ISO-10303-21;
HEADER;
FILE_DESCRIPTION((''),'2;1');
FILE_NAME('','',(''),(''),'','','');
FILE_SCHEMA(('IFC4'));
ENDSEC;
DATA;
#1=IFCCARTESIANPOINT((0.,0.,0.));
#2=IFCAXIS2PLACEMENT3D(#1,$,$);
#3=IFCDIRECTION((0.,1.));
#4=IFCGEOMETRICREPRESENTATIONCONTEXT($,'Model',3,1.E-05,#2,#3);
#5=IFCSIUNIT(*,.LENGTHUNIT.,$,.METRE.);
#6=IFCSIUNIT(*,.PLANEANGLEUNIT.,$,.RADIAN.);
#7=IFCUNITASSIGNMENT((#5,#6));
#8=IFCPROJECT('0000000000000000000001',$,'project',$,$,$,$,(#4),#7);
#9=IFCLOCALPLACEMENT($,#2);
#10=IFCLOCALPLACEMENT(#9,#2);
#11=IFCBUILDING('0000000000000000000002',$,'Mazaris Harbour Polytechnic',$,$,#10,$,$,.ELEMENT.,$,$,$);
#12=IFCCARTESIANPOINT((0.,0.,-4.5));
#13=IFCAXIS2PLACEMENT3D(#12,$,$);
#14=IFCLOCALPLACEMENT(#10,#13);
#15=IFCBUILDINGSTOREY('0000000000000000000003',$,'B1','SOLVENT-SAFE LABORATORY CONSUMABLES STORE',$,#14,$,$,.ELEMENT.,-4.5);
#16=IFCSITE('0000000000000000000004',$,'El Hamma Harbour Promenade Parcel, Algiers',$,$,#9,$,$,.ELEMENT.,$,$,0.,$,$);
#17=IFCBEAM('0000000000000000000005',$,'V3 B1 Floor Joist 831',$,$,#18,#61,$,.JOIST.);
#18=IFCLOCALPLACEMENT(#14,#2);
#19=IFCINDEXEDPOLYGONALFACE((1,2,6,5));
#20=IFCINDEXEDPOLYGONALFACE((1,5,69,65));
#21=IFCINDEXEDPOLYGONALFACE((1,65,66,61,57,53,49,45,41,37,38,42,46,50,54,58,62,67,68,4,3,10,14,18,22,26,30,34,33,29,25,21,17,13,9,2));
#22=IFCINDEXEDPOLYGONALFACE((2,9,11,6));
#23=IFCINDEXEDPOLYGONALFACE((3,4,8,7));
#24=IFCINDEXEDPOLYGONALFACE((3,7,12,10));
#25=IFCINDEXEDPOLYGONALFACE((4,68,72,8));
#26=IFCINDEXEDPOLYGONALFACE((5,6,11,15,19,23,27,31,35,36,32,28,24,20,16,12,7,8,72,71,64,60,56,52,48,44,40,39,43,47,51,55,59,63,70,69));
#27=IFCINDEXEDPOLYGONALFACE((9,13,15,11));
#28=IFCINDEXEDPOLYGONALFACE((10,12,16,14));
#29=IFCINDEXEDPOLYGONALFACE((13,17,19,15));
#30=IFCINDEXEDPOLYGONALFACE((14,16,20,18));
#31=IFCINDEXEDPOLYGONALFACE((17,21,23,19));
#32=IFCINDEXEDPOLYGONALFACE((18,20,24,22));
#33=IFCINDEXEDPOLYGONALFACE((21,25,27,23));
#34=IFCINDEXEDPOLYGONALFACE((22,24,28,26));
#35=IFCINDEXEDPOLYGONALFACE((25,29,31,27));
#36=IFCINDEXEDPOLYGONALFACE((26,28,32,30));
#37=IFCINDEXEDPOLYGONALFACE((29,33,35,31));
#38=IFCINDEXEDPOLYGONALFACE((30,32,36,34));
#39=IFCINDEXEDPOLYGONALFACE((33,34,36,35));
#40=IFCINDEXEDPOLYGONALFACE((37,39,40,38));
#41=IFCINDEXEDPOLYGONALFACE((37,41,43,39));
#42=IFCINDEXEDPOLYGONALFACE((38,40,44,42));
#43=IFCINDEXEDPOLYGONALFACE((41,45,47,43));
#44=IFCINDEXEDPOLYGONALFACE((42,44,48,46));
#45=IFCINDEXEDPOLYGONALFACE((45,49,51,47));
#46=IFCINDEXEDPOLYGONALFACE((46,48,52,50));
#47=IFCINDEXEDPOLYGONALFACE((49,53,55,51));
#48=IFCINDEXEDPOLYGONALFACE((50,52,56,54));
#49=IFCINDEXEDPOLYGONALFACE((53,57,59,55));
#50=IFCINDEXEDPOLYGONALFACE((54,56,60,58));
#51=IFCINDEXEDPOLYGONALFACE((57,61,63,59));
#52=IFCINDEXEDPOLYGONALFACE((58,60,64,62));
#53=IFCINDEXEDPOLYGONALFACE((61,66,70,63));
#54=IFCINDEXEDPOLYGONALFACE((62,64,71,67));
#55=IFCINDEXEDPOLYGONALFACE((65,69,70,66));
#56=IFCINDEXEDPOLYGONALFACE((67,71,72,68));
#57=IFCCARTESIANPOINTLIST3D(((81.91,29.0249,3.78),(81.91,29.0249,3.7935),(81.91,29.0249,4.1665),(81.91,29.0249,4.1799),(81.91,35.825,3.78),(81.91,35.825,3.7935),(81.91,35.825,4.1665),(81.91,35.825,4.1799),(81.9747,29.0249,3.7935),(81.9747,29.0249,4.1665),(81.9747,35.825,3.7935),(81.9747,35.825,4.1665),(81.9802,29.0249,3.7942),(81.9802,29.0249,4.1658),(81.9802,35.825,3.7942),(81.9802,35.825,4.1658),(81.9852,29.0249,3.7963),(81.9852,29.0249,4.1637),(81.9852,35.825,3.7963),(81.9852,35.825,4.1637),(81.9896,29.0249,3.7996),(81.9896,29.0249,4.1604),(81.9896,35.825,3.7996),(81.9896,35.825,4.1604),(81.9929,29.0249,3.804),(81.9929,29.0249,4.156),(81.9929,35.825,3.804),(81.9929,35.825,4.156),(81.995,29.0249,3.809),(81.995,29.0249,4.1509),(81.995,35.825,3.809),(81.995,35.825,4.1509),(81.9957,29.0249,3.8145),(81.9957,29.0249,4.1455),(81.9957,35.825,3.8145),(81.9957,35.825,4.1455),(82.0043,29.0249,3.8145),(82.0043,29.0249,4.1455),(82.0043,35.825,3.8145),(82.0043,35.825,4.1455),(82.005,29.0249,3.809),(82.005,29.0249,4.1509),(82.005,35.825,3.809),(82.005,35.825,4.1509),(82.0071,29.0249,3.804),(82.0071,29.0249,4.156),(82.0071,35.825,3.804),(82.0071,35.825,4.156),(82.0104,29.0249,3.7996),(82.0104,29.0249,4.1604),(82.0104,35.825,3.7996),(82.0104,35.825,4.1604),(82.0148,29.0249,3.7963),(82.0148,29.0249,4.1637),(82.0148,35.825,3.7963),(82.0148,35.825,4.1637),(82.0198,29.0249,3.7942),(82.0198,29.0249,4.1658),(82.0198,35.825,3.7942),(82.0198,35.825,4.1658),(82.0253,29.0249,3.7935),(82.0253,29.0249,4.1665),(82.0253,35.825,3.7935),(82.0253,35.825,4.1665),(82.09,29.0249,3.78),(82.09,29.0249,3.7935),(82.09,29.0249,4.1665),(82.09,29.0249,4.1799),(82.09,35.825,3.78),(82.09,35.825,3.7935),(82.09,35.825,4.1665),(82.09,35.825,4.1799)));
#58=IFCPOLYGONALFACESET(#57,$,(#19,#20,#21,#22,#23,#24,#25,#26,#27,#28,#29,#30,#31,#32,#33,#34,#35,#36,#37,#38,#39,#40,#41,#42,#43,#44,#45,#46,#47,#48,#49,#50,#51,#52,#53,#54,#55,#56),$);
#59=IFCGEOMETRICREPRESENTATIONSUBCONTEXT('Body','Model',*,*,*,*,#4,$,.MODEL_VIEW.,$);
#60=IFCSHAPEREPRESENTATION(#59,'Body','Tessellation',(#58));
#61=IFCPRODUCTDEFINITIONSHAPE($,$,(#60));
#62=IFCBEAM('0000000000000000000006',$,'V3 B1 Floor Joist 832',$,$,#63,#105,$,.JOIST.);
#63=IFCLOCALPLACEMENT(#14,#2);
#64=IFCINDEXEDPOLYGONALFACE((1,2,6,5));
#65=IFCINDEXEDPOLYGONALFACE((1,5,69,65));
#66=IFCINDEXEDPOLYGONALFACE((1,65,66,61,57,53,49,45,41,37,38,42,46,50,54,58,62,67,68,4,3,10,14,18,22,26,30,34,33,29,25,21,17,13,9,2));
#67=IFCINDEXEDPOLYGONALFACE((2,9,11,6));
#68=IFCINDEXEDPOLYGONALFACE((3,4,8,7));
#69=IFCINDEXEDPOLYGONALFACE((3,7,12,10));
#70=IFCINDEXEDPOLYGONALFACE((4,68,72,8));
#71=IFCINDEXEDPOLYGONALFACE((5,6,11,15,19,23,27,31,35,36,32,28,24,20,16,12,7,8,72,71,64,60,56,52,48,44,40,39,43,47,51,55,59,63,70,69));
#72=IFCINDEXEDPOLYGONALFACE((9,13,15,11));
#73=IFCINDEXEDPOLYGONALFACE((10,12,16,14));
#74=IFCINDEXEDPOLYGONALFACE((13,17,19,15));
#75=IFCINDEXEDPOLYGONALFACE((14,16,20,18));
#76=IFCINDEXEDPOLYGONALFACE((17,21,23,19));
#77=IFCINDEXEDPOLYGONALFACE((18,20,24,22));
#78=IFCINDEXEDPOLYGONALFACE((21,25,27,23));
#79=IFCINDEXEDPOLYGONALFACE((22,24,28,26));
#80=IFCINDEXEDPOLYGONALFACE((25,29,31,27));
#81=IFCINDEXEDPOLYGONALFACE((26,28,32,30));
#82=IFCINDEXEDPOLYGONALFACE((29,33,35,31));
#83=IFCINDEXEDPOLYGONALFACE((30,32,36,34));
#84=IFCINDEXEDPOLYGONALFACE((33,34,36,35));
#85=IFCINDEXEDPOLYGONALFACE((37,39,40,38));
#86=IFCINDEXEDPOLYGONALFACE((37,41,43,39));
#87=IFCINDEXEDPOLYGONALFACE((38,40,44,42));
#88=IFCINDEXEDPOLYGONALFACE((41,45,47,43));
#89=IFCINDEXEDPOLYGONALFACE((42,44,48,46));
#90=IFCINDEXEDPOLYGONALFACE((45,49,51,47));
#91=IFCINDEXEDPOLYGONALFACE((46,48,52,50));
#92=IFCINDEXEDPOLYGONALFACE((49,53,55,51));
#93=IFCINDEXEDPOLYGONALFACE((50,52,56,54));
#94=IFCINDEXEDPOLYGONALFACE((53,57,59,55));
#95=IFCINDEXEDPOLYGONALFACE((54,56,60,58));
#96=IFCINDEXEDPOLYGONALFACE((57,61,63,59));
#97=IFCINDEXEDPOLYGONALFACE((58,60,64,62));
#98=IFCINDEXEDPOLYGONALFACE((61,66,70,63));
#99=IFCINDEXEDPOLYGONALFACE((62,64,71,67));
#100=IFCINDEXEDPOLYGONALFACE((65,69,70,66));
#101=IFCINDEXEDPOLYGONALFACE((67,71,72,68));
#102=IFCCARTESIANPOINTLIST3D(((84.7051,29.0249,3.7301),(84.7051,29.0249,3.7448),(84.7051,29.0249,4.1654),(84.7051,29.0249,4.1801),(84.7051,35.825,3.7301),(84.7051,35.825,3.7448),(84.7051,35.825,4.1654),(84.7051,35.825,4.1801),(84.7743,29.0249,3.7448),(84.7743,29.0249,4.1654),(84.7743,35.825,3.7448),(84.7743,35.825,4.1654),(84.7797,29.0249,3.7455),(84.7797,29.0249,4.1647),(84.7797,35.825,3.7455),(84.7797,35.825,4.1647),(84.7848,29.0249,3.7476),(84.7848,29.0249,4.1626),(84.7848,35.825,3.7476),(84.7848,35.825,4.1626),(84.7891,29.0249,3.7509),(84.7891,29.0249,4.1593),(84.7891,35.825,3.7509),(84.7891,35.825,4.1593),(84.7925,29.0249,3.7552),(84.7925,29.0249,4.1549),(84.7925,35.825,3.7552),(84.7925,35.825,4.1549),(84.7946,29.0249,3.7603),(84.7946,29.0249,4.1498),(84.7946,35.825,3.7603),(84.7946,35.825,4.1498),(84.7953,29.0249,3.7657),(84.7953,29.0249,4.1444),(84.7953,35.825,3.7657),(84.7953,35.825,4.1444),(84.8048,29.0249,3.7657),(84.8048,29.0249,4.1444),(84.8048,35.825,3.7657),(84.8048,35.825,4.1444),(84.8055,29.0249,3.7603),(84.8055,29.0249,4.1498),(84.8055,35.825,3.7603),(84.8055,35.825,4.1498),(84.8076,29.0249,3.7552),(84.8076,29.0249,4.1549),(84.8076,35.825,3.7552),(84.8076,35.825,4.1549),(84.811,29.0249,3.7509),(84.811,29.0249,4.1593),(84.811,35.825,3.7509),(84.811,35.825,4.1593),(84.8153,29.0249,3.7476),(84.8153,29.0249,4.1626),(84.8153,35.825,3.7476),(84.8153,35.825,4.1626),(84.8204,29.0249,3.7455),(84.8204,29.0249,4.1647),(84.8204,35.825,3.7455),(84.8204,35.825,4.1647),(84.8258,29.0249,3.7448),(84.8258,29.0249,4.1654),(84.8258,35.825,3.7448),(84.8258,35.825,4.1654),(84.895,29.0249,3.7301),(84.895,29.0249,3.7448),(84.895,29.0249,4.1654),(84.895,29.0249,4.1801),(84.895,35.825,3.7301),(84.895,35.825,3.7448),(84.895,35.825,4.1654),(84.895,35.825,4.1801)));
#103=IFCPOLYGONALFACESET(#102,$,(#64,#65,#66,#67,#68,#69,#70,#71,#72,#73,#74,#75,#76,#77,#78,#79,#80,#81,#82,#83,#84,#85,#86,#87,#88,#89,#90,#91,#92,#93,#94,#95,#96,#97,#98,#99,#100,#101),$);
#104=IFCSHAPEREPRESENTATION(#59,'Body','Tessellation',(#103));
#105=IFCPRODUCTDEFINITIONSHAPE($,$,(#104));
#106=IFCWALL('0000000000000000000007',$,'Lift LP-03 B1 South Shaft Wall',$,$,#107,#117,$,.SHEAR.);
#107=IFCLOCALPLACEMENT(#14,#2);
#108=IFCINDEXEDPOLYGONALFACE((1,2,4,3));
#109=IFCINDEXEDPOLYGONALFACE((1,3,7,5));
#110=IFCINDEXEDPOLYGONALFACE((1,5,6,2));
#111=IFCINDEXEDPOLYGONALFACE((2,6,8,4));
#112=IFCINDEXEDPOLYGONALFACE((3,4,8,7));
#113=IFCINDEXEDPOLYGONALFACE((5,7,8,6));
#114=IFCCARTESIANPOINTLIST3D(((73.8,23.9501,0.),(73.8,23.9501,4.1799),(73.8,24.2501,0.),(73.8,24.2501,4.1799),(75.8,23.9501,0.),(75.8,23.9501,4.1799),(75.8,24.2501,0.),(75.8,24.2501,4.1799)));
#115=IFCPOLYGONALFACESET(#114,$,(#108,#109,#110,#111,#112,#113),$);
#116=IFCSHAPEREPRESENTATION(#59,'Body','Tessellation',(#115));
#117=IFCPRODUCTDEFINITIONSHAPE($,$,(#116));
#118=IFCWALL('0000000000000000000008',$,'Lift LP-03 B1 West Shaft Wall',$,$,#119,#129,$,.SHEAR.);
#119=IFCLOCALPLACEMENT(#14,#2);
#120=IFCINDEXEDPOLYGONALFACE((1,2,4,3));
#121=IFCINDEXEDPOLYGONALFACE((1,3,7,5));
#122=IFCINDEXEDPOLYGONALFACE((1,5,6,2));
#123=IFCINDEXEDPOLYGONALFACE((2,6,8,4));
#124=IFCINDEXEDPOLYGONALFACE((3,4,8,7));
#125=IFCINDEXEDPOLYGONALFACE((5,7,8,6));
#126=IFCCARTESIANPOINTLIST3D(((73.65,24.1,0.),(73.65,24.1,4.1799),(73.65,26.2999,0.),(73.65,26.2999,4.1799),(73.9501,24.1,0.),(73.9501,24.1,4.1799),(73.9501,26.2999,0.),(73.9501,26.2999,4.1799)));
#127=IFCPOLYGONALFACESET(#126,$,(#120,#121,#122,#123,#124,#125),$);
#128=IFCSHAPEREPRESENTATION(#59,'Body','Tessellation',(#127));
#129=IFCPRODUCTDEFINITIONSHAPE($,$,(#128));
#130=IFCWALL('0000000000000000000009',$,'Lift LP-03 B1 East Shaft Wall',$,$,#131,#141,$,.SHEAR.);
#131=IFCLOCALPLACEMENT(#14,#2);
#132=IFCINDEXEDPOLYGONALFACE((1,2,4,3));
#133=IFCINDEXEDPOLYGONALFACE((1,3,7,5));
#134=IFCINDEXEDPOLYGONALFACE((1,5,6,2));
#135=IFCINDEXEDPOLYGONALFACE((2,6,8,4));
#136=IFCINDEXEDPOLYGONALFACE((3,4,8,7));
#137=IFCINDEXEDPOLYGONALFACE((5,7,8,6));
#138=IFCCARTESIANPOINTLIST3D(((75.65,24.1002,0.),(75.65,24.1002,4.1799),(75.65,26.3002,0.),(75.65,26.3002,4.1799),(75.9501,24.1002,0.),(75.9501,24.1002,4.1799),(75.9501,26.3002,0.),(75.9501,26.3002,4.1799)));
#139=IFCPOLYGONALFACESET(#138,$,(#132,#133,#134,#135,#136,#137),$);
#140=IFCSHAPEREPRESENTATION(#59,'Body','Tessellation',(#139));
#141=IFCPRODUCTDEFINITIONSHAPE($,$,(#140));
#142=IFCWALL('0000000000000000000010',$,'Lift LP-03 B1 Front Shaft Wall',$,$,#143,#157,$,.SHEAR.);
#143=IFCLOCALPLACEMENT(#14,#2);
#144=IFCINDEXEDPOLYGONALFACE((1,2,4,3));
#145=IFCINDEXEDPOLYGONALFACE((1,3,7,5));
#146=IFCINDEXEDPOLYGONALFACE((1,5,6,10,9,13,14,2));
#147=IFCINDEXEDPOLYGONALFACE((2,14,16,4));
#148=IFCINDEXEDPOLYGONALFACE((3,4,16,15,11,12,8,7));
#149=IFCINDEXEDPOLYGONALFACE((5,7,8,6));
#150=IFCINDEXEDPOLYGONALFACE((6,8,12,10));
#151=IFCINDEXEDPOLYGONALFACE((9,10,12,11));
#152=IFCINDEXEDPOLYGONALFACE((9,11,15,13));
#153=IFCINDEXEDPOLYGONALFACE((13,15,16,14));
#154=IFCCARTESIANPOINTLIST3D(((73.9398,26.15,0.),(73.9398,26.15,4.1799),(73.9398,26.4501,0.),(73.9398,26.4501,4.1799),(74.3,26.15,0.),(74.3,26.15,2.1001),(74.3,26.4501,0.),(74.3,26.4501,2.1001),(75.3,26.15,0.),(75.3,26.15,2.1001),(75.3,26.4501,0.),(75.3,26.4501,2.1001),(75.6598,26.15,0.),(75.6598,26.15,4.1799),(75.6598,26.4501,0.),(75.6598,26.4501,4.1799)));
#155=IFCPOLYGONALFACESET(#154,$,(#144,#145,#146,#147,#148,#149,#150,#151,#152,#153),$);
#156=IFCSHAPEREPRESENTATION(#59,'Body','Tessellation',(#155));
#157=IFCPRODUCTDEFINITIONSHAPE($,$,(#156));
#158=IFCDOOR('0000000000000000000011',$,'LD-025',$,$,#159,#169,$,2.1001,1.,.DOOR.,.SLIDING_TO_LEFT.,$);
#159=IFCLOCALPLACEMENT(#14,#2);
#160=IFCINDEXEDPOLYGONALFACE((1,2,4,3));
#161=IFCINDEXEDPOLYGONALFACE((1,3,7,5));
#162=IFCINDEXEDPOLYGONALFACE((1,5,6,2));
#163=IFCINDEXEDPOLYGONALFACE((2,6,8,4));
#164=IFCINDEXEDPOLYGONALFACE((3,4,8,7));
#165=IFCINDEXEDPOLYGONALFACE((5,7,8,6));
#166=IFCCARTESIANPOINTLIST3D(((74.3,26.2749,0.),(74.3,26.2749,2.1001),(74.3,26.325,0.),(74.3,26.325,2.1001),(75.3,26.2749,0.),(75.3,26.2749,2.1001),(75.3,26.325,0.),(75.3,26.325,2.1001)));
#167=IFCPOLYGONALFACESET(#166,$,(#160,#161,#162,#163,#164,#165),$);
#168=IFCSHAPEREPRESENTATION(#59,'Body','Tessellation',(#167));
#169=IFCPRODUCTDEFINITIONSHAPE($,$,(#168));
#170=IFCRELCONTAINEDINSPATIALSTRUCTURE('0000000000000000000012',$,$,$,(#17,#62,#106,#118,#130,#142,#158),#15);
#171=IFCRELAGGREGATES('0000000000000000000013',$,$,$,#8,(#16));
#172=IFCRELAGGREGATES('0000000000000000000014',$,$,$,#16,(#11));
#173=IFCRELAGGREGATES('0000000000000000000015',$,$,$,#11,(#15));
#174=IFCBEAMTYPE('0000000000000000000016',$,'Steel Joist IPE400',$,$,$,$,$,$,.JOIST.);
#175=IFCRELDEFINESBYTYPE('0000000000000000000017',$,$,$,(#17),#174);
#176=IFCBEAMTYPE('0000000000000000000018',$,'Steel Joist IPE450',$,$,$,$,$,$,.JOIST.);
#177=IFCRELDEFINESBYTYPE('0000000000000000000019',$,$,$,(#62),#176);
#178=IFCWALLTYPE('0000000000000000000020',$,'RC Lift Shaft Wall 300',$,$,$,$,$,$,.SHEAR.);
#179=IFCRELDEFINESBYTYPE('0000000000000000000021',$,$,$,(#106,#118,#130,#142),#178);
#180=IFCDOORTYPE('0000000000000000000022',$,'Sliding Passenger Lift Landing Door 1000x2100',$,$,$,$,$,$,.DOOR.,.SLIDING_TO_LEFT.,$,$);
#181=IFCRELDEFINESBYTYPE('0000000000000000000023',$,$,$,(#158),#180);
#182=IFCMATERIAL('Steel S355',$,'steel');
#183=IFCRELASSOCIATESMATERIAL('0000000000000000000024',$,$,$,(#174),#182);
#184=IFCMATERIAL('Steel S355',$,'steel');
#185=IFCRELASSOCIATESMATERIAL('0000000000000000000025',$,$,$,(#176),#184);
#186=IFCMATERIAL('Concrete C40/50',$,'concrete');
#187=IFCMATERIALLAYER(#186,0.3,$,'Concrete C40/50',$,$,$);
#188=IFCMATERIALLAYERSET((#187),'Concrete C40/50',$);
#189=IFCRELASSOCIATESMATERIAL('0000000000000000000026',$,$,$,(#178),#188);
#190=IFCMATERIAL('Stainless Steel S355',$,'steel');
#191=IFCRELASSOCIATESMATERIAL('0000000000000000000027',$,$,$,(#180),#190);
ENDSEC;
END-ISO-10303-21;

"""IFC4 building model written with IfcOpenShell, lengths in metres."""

from ifc_helpers import new_model, si_unit, direction, frame, frame_2d, origin, origin_2d, place, context, subcontext, project, spatial, rectangle, i_section, extrude, material, layer, layer_set, material_profile, profile_set, type_object, element, fill, save


model = new_model("IFC4")

# Units and contexts
model_context = context("Model", 3, precision=1e-05, world=origin(), true_north=direction((0.0, 1.0)))
body_context = subcontext(model_context, "Body", "Model", "MODEL_VIEW")
ifc_project = project(units=[si_unit("LENGTHUNIT", "METRE"), si_unit("PLANEANGLEUNIT", "RADIAN")], contexts=[model_context])

# Site, building, storey
site_placement = place(None, origin())
site = spatial("IfcSite", under=ifc_project, at=site_placement, Name="El Hamma Harbour Promenade Parcel, Algiers", CompositionType="ELEMENT", RefElevation=0.0)
building_placement = place(site_placement, origin())
building = spatial("IfcBuilding", under=site, at=building_placement, Name="Mazaris Harbour Polytechnic", CompositionType="ELEMENT")
storey_placement = place(building_placement, frame((0.0, 0.0, -4.5)))
storey = spatial("IfcBuildingStorey", under=building, at=storey_placement, Name="B1", Description="SOLVENT-SAFE LABORATORY CONSUMABLES STORE", CompositionType="ELEMENT", Elevation=-4.5)

# Beams
ifc_material_1 = material(Name="Steel S355", Category="steel")
ifc_material_profile_1 = material_profile(ifc_material_1, i_section(OverallWidth=0.1799, OverallDepth=0.3999, WebThickness=0.0085, FlangeThickness=0.0134, FilletRadius=0.021, at=origin_2d()), Name="IPE 400")
ifc_profile_set_1 = profile_set([ifc_material_profile_1], Name="Steel S355")
beam_type_1 = type_object("IfcBeamType", Name="Steel Joist IPE400", PredefinedType="JOIST", material=ifc_profile_set_1)
beam_1_placement = place(storey_placement, frame((82.0, 29.0249, 3.98), z_axis=(0.0, 1.0, 0.0), x_axis=(-1.0, 0.0, 0.0)))
element("IfcBeam", 1, at=beam_1_placement, inside=storey, type_object=beam_type_1, Name="V3 B1 Floor Joist 831", PredefinedType="JOIST", context=body_context, shape_type="SweptSolid", body=[
    extrude(i_section(OverallWidth=0.1799, OverallDepth=0.3999, WebThickness=0.0085, FlangeThickness=0.0134, FilletRadius=0.021, at=origin_2d()), origin(), (0.0, 0.0, 1.0), 6.8),
])
ifc_material_2 = material(Name="Steel S355", Category="steel")
ifc_material_profile_2 = material_profile(ifc_material_2, i_section(OverallWidth=0.1899, OverallDepth=0.45, WebThickness=0.0095, FlangeThickness=0.0146, FilletRadius=0.021, at=origin_2d()), Name="IPE 450")
ifc_profile_set_2 = profile_set([ifc_material_profile_2], Name="Steel S355")
beam_type_2 = type_object("IfcBeamType", Name="Steel Joist IPE450", PredefinedType="JOIST", material=ifc_profile_set_2)
beam_2_placement = place(storey_placement, frame((84.8, 29.0249, 3.9551), z_axis=(0.0, 1.0, 0.0), x_axis=(-1.0, 0.0, 0.0)))
element("IfcBeam", 2, at=beam_2_placement, inside=storey, type_object=beam_type_2, Name="V3 B1 Floor Joist 832", PredefinedType="JOIST", context=body_context, shape_type="SweptSolid", body=[
    extrude(i_section(OverallWidth=0.1899, OverallDepth=0.45, WebThickness=0.0095, FlangeThickness=0.0146, FilletRadius=0.021, at=origin_2d()), origin(), (0.0, 0.0, 1.0), 6.8),
])

# Walls
ifc_material_3 = material(Name="Concrete C40/50", Category="concrete")
ifc_layer_1 = layer(ifc_material_3, 0.3, Name="Concrete C40/50")
ifc_layer_set_1 = layer_set([ifc_layer_1], Name="Concrete C40/50")
wall_type_1 = type_object("IfcWallType", Name="RC Lift Shaft Wall 300", PredefinedType="SHEAR", material=ifc_layer_set_1)
wall_1_placement = place(storey_placement, frame((73.8, 24.1001, 0.0), z_axis=(0.0, 0.0, 1.0), x_axis=(1.0, 0.0, 0.0)))
element("IfcWall", 3, at=wall_1_placement, inside=storey, type_object=wall_type_1, Name="Lift LP-03 B1 South Shaft Wall", PredefinedType="SHEAR", context=body_context, shape_type="SweptSolid", body=[
    extrude(rectangle(XDim=2.0, YDim=0.3, at=frame_2d((1.0, 0.0))), origin(), (0.0, 0.0, 1.0), 4.1799),
])
for number, where, z_axis, x_axis, name in (
    (4, (73.8, 26.3, 0.0), (0.0, 0.0, 1.0), (0.0, -1.0, 0.0), "Lift LP-03 B1 West Shaft Wall"),
    (5, (75.8, 24.1001, 0.0), (0.0, 0.0, 1.0), (0.0, 1.0, 0.0), "Lift LP-03 B1 East Shaft Wall"),
):
    element("IfcWall", number, at=place(storey_placement, frame(where, z_axis=z_axis, x_axis=x_axis)), inside=storey, type_object=wall_type_1, Name=name, PredefinedType="SHEAR", context=body_context, shape_type="SweptSolid", body=[
        extrude(rectangle(XDim=2.2, YDim=0.3, at=frame_2d((1.1001, 0.0))), origin(), (0.0, 0.0, 1.0), 4.1799),
    ])

# Wall, opening, door
wall_2_placement = place(storey_placement, frame((73.9399, 26.3, 0.0), z_axis=(0.0, 0.0, 1.0), x_axis=(1.0, 0.0, 0.0)))
wall_2 = element("IfcWall", 6, at=wall_2_placement, inside=storey, type_object=wall_type_1, Name="Lift LP-03 B1 Front Shaft Wall", PredefinedType="SHEAR", context=body_context, shape_type="SweptSolid", body=[
    extrude(rectangle(XDim=1.72, YDim=0.3, at=frame_2d((0.8599, 0.0))), origin(), (0.0, 0.0, 1.0), 4.1799),
])
opening_1_placement = place(wall_2_placement, frame((0.3601, 0.0, 0.0)))
opening_1 = element("IfcOpeningElement", 7, at=opening_1_placement, cuts=wall_2, PredefinedType="OPENING", context=body_context, shape_type="SweptSolid", body=[
    extrude(rectangle(XDim=1.0, YDim=2.1001, at=frame_2d((0.5, 1.05))), frame((0.0, 0.1599, 0.0), z_axis=(0.0, -1.0, 0.0), x_axis=(1.0, 0.0, 0.0)), (0.0, 0.0, 1.0), 0.3201),
])
ifc_material_4 = material(Name="Stainless Steel S355", Category="steel")
door_type_1 = type_object("IfcDoorType", Name="Sliding Passenger Lift Landing Door 1000x2100", OperationType="SLIDING_TO_LEFT", PredefinedType="DOOR", material=ifc_material_4)
door_1_placement = place(opening_1_placement, origin())
door_1 = element("IfcDoor", 8, at=door_1_placement, inside=storey, type_object=door_type_1, Name="LD-025", OperationType="SLIDING_TO_LEFT", OverallHeight=2.1001, OverallWidth=1.0, PredefinedType="DOOR", context=body_context, shape_type="SweptSolid", body=[
    extrude(rectangle(XDim=1.0, YDim=2.1001, at=frame_2d((0.5, 1.05))), frame((0.0, 0.0249, 0.0), z_axis=(0.0, -1.0, 0.0), x_axis=(1.0, 0.0, 0.0)), (0.0, 0.0, 1.0), 0.05),
])
fill(opening_1, door_1)

save(model, "model.ifc")
